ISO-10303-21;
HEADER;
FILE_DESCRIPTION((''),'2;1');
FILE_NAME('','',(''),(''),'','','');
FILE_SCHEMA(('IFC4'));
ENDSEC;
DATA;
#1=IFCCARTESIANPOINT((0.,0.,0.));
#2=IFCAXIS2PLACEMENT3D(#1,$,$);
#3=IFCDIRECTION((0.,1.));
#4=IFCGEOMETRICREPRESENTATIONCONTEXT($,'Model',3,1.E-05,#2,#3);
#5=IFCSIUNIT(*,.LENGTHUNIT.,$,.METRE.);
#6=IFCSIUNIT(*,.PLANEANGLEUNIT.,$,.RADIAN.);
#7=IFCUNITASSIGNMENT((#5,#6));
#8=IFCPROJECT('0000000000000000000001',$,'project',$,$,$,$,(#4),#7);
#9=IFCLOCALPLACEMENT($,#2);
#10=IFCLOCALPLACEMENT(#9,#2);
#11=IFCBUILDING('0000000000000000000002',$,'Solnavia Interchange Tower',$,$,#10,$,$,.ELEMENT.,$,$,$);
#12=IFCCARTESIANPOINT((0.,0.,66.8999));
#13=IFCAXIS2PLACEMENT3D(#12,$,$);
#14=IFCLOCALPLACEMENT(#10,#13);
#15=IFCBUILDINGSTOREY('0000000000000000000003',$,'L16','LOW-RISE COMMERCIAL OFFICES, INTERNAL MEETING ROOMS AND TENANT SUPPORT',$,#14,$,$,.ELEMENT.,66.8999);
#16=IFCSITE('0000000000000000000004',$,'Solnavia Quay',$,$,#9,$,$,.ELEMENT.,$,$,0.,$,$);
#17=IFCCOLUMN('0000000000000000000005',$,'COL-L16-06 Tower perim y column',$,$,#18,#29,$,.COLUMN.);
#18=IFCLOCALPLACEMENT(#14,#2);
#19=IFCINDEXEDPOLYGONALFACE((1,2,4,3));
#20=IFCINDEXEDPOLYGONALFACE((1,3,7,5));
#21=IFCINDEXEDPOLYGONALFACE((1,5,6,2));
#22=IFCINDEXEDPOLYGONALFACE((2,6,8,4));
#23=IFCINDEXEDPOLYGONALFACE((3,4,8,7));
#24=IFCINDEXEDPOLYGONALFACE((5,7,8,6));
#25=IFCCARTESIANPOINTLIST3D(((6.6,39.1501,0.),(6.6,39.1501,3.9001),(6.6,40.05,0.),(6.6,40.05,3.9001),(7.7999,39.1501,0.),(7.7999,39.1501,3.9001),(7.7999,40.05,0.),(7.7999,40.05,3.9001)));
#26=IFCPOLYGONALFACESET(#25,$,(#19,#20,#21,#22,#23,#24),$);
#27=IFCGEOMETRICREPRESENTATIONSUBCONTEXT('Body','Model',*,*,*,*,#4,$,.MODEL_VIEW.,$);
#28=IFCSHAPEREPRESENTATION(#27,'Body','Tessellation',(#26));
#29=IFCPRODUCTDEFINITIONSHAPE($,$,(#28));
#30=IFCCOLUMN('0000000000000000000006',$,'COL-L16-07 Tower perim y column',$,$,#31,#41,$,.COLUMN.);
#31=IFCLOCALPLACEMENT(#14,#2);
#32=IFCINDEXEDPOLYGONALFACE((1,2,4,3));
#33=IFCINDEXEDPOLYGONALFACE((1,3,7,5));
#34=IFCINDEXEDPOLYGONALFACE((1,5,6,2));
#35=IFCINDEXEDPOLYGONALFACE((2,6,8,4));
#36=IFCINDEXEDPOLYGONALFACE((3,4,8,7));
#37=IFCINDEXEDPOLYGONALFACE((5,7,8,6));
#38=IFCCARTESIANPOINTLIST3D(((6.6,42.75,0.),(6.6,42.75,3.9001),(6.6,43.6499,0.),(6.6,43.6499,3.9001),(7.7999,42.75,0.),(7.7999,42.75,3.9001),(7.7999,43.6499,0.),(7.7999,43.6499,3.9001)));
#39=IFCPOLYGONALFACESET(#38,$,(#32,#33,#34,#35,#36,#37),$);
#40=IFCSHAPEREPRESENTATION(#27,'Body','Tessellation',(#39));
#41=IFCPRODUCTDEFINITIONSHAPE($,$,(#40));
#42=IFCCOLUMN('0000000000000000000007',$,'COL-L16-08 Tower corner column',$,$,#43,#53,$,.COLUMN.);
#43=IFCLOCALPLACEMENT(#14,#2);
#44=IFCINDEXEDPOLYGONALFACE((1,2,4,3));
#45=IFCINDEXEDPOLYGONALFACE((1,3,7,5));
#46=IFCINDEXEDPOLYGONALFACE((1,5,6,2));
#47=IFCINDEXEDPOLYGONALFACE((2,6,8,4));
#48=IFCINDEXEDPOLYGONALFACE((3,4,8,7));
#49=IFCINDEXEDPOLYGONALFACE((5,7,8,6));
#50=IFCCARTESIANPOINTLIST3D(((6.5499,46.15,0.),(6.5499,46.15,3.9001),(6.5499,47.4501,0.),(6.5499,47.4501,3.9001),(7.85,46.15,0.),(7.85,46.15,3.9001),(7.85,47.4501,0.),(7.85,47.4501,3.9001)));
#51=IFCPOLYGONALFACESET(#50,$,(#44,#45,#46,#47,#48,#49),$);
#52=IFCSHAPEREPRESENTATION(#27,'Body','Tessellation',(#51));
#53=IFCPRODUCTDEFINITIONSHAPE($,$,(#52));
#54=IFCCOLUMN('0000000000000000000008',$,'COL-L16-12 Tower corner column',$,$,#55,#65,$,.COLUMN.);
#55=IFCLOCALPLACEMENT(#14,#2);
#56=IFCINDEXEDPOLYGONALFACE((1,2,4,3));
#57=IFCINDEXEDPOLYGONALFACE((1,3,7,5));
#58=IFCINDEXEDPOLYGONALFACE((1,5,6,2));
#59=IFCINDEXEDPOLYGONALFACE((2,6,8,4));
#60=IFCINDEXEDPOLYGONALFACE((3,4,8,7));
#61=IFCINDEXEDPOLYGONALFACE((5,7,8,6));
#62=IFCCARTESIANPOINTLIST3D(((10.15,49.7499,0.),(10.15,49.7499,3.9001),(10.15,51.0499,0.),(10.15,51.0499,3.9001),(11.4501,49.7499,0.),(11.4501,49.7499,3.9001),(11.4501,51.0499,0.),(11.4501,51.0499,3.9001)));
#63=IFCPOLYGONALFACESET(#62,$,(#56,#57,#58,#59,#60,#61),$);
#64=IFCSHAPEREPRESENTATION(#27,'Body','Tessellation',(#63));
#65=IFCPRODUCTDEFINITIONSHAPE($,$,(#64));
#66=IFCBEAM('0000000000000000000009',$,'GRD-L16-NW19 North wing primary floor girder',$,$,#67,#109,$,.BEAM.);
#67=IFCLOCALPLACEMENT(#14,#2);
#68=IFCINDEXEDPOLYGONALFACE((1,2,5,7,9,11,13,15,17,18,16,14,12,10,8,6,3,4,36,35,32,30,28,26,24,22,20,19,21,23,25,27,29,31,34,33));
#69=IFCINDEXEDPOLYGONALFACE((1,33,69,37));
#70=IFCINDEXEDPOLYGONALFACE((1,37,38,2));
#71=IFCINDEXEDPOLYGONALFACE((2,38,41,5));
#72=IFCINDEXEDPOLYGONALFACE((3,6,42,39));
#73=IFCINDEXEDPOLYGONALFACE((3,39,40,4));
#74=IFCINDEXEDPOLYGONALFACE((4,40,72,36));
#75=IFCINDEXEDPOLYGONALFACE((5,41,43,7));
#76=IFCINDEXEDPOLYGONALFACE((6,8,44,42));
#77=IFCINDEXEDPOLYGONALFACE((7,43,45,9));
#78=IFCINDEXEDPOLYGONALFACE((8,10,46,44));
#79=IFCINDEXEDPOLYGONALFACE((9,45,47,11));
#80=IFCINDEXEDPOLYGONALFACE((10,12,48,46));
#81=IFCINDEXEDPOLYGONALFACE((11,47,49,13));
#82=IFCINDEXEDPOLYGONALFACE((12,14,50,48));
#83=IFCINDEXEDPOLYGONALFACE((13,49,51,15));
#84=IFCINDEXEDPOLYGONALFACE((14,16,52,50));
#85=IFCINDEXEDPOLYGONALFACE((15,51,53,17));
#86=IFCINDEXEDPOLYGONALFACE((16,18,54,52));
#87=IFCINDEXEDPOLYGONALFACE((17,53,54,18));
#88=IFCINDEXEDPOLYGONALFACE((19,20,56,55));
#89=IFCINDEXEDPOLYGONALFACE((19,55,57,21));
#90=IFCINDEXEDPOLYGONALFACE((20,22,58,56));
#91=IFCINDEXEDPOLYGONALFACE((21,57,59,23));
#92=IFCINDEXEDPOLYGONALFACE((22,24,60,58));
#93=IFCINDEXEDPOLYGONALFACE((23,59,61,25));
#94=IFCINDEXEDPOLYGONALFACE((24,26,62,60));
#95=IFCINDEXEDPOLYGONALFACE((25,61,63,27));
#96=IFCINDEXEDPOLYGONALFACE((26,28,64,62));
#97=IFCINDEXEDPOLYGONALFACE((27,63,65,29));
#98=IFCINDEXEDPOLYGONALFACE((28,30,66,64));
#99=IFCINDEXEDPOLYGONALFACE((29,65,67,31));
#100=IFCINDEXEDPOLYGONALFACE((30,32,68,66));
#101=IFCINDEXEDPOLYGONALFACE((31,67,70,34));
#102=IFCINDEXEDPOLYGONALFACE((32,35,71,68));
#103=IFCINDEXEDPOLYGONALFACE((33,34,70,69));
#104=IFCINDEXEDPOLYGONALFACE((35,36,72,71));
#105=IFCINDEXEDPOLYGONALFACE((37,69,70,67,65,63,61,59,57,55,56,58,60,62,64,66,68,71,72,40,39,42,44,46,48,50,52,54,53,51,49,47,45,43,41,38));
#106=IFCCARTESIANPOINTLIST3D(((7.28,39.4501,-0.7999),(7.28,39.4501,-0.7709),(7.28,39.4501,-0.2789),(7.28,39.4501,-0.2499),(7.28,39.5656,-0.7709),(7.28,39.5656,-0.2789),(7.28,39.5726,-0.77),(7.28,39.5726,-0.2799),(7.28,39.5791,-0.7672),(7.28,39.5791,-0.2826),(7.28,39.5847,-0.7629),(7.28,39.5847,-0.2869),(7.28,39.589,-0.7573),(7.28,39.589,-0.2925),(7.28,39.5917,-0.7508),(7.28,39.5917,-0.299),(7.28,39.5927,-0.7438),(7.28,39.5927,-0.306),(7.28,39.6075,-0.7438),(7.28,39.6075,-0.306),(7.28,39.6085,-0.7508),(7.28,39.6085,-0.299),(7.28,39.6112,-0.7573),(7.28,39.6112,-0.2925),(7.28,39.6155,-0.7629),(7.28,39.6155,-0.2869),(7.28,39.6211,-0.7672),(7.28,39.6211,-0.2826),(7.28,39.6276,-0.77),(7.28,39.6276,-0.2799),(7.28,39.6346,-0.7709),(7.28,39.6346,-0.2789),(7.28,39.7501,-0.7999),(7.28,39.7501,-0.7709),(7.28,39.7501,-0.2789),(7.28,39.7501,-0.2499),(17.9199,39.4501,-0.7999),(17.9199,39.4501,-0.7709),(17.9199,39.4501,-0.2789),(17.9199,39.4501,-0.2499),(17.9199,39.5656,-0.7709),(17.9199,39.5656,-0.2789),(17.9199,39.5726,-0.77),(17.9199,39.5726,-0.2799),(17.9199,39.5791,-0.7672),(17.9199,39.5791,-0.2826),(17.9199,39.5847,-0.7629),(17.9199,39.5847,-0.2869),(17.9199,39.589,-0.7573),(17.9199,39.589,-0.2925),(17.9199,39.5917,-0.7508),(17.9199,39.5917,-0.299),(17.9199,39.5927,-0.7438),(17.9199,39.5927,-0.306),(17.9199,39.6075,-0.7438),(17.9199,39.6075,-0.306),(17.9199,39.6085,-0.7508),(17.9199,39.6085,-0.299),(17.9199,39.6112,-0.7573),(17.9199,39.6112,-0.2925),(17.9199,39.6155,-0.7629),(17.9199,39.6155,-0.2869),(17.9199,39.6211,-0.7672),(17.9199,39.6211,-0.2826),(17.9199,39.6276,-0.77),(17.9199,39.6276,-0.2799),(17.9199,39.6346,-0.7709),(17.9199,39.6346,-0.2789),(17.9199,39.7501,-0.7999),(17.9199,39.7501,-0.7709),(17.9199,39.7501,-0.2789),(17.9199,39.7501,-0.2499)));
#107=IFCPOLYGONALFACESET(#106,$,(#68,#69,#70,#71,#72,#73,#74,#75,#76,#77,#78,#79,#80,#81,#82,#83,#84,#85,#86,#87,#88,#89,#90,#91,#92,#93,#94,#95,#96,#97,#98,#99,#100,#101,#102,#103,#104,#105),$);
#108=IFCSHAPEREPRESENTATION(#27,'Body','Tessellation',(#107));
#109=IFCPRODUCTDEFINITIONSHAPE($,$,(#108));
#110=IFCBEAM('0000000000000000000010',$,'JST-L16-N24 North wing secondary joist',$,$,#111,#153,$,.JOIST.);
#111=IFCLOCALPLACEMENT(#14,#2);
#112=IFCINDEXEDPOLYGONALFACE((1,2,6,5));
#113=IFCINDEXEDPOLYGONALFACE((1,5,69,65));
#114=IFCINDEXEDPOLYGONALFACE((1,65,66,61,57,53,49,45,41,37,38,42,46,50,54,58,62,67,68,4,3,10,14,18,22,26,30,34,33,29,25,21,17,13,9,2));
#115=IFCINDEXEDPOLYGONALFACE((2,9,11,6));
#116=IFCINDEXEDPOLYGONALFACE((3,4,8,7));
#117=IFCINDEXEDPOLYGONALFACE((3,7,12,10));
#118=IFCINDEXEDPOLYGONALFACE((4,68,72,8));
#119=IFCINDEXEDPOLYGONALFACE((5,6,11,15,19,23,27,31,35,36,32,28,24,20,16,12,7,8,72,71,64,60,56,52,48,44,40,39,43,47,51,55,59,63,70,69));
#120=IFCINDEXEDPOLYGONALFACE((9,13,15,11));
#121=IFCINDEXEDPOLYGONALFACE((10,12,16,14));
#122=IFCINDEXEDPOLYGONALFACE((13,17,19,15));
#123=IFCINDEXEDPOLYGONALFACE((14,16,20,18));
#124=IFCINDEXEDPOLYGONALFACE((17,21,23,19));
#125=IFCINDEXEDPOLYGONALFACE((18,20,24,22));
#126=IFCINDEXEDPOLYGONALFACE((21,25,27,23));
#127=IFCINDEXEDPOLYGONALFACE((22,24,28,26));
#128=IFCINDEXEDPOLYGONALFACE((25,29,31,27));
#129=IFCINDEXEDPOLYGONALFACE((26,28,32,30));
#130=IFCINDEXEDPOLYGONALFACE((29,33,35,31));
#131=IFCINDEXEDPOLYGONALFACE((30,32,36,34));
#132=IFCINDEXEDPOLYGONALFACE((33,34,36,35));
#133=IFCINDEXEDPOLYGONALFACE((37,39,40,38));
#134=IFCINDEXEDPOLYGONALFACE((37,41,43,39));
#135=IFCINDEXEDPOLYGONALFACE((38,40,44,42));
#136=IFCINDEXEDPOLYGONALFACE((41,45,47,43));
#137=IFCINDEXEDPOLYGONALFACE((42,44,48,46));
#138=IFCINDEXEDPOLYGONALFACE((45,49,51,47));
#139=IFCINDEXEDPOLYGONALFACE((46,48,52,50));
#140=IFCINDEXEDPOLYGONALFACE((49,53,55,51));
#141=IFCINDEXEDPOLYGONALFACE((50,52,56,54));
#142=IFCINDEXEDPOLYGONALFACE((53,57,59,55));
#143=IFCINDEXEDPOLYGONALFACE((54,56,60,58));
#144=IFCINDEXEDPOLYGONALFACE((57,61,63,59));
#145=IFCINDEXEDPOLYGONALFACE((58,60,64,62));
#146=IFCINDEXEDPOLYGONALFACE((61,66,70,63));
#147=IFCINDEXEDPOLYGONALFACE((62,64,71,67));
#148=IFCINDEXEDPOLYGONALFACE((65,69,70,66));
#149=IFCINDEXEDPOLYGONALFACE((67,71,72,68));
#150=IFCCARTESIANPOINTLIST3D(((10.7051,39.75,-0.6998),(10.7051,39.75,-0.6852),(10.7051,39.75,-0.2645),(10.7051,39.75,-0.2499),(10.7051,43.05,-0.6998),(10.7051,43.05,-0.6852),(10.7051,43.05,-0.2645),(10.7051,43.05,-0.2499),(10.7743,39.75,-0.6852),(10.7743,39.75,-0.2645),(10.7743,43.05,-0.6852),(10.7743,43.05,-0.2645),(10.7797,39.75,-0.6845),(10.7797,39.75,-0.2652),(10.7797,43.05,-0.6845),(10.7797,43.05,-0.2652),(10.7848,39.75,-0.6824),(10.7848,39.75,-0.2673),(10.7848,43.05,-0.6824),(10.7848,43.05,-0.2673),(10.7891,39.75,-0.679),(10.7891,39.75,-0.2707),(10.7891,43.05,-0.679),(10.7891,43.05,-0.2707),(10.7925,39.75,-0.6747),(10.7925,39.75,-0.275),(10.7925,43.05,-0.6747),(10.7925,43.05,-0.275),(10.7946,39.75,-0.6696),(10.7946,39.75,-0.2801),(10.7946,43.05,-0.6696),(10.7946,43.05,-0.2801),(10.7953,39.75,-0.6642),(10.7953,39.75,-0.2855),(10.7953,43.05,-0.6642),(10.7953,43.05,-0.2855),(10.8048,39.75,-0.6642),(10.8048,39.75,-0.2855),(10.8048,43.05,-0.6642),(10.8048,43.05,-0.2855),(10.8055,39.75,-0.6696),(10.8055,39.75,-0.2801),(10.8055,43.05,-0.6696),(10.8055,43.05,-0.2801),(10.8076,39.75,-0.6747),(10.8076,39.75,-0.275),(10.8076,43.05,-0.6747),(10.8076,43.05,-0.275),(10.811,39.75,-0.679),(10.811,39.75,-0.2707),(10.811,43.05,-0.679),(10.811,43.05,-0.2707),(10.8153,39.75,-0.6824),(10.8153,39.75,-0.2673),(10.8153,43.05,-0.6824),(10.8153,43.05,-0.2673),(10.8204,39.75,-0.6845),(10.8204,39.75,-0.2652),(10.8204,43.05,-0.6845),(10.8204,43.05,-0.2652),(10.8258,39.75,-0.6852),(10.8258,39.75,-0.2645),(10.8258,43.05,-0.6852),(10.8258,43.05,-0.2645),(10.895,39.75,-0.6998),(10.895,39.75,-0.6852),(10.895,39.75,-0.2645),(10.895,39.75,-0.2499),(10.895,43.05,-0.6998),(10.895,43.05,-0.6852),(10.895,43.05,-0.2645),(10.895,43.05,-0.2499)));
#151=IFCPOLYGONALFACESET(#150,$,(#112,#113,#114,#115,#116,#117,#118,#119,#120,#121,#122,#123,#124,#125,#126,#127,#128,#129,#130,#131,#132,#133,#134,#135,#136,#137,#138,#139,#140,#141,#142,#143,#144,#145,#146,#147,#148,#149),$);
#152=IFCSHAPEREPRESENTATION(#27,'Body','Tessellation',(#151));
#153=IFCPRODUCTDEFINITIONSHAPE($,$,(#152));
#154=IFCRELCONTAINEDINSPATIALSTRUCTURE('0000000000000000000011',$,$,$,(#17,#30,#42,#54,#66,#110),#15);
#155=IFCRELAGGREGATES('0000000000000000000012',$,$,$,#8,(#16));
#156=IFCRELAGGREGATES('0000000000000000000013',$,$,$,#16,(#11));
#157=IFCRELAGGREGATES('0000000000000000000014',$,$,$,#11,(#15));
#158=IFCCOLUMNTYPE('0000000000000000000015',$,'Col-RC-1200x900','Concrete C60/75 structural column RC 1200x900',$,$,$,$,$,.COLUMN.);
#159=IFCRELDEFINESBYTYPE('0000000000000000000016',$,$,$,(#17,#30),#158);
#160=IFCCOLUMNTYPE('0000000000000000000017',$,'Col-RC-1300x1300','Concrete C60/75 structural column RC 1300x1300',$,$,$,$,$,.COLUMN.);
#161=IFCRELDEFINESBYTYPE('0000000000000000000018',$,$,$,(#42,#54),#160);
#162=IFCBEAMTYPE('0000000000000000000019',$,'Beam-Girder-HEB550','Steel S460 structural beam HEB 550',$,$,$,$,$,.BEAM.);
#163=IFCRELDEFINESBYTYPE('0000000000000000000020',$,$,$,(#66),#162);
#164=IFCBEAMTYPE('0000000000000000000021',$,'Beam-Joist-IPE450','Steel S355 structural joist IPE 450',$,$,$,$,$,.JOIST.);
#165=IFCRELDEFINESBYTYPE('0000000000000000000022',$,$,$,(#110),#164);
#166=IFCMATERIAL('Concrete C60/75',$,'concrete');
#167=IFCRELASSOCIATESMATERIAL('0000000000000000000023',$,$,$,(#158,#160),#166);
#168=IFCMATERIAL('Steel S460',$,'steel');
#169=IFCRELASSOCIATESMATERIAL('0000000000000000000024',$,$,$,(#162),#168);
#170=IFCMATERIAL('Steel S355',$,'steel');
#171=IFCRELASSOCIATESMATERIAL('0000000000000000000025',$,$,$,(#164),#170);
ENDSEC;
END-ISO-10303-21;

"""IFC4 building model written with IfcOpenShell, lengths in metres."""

from ifc_helpers import new_model, si_unit, direction, frame, origin, origin_2d, place, context, subcontext, project, spatial, rectangle, i_section, extrude, material, material_profile, profile_set, type_object, element, save


model = new_model("IFC4")

# Units and contexts
model_context = context("Model", 3, precision=1e-05, world=origin(), true_north=direction((0.0, 1.0)))
body_context = subcontext(model_context, "Body", "Model", "MODEL_VIEW")
ifc_project = project(units=[si_unit("LENGTHUNIT", "METRE"), si_unit("PLANEANGLEUNIT", "RADIAN")], contexts=[model_context])

# Site, building, storey
site_placement = place(None, origin())
site = spatial("IfcSite", under=ifc_project, at=site_placement, Name="Solnavia Quay", CompositionType="ELEMENT", RefElevation=0.0)
building_placement = place(site_placement, origin())
building = spatial("IfcBuilding", under=site, at=building_placement, Name="Solnavia Interchange Tower", CompositionType="ELEMENT")
storey_placement = place(building_placement, frame((0.0, 0.0, 66.8999)))
storey = spatial("IfcBuildingStorey", under=building, at=storey_placement, Name="L16", Description="LOW-RISE COMMERCIAL OFFICES, INTERNAL MEETING ROOMS AND TENANT SUPPORT", CompositionType="ELEMENT", Elevation=66.8999)

# Columns
ifc_material_1 = material(Name="Concrete C60/75", Category="concrete")
ifc_material_profile_1 = material_profile(ifc_material_1, rectangle(XDim=0.8999, YDim=1.2, at=origin_2d()), Name="RC 1200x900")
ifc_profile_set_1 = profile_set([ifc_material_profile_1], Name="Concrete C60/75")
column_type_1 = type_object("IfcColumnType", Name="Col-RC-1200x900", Description="Concrete C60/75 structural column RC 1200x900", PredefinedType="COLUMN", material=ifc_profile_set_1)
for number, where, z_axis, x_axis, name in (
    (1, (7.2, 39.6001, 0.0), (0.0, 0.0, 1.0), (0.0, 1.0, 0.0), "COL-L16-06 Tower perim y column"),
    (2, (7.2, 43.2, 0.0), (0.0, 0.0, 1.0), (0.0, 1.0, 0.0), "COL-L16-07 Tower perim y column"),
):
    element("IfcColumn", number, at=place(storey_placement, frame(where, z_axis=z_axis, x_axis=x_axis)), inside=storey, type_object=column_type_1, Name=name, PredefinedType="COLUMN", context=body_context, shape_type="SweptSolid", body=[
        extrude(rectangle(XDim=0.8999, YDim=1.2, at=origin_2d()), origin(), (0.0, 0.0, 1.0), 3.9001),
    ])
ifc_material_profile_2 = material_profile(ifc_material_1, rectangle(XDim=1.3, YDim=1.3, at=origin_2d()), Name="RC 1300x1300")
ifc_profile_set_2 = profile_set([ifc_material_profile_2], Name="Concrete C60/75")
column_type_2 = type_object("IfcColumnType", Name="Col-RC-1300x1300", Description="Concrete C60/75 structural column RC 1300x1300", PredefinedType="COLUMN", material=ifc_profile_set_2)
for number, where, z_axis, x_axis, name in (
    (3, (7.2, 46.8, 0.0), (0.0, 0.0, 1.0), (0.0, 1.0, 0.0), "COL-L16-08 Tower corner column"),
    (4, (10.8, 50.3999, 0.0), (0.0, 0.0, 1.0), (1.0, 0.0, 0.0), "COL-L16-12 Tower corner column"),
):
    element("IfcColumn", number, at=place(storey_placement, frame(where, z_axis=z_axis, x_axis=x_axis)), inside=storey, type_object=column_type_2, Name=name, PredefinedType="COLUMN", context=body_context, shape_type="SweptSolid", body=[
        extrude(rectangle(XDim=1.3, YDim=1.3, at=origin_2d()), origin(), (0.0, 0.0, 1.0), 3.9001),
    ])

# Beams
ifc_material_2 = material(Name="Steel S460", Category="steel")
ifc_material_profile_3 = material_profile(ifc_material_2, i_section(OverallWidth=0.3, OverallDepth=0.55, WebThickness=0.0149, FlangeThickness=0.0291, FilletRadius=0.0271, at=origin_2d()), Name="HEB 550")
ifc_profile_set_3 = profile_set([ifc_material_profile_3], Name="Steel S460")
beam_type_1 = type_object("IfcBeamType", Name="Beam-Girder-HEB550", Description="Steel S460 structural beam HEB 550", PredefinedType="BEAM", material=ifc_profile_set_3)
beam_1_placement = place(storey_placement, frame((7.28, 39.6001, -0.5249), z_axis=(1.0, 0.0, 0.0), x_axis=(0.0, 1.0, 0.0)))
element("IfcBeam", 5, at=beam_1_placement, inside=storey, type_object=beam_type_1, Name="GRD-L16-NW19 North wing primary floor girder", PredefinedType="BEAM", context=body_context, shape_type="SweptSolid", body=[
    extrude(i_section(OverallWidth=0.3, OverallDepth=0.55, WebThickness=0.0149, FlangeThickness=0.0291, FilletRadius=0.0271, at=origin_2d()), origin(), (0.0, 0.0, 1.0), 10.6399),
])
ifc_material_3 = material(Name="Steel S355", Category="steel")
ifc_material_profile_4 = material_profile(ifc_material_3, i_section(OverallWidth=0.1899, OverallDepth=0.45, WebThickness=0.0095, FlangeThickness=0.0146, FilletRadius=0.021, at=origin_2d()), Name="IPE 450")
ifc_profile_set_4 = profile_set([ifc_material_profile_4], Name="Steel S355")
beam_type_2 = type_object("IfcBeamType", Name="Beam-Joist-IPE450", Description="Steel S355 structural joist IPE 450", PredefinedType="JOIST", material=ifc_profile_set_4)
beam_2_placement = place(storey_placement, frame((10.8, 39.75, -0.4749), z_axis=(0.0, 1.0, 0.0), x_axis=(-1.0, 0.0, 0.0)))
element("IfcBeam", 6, at=beam_2_placement, inside=storey, type_object=beam_type_2, Name="JST-L16-N24 North wing secondary joist", PredefinedType="JOIST", context=body_context, shape_type="SweptSolid", body=[
    extrude(i_section(OverallWidth=0.1899, OverallDepth=0.45, WebThickness=0.0095, FlangeThickness=0.0146, FilletRadius=0.021, at=origin_2d()), origin(), (0.0, 0.0, 1.0), 3.3),
])

save(model, "model.ifc")
